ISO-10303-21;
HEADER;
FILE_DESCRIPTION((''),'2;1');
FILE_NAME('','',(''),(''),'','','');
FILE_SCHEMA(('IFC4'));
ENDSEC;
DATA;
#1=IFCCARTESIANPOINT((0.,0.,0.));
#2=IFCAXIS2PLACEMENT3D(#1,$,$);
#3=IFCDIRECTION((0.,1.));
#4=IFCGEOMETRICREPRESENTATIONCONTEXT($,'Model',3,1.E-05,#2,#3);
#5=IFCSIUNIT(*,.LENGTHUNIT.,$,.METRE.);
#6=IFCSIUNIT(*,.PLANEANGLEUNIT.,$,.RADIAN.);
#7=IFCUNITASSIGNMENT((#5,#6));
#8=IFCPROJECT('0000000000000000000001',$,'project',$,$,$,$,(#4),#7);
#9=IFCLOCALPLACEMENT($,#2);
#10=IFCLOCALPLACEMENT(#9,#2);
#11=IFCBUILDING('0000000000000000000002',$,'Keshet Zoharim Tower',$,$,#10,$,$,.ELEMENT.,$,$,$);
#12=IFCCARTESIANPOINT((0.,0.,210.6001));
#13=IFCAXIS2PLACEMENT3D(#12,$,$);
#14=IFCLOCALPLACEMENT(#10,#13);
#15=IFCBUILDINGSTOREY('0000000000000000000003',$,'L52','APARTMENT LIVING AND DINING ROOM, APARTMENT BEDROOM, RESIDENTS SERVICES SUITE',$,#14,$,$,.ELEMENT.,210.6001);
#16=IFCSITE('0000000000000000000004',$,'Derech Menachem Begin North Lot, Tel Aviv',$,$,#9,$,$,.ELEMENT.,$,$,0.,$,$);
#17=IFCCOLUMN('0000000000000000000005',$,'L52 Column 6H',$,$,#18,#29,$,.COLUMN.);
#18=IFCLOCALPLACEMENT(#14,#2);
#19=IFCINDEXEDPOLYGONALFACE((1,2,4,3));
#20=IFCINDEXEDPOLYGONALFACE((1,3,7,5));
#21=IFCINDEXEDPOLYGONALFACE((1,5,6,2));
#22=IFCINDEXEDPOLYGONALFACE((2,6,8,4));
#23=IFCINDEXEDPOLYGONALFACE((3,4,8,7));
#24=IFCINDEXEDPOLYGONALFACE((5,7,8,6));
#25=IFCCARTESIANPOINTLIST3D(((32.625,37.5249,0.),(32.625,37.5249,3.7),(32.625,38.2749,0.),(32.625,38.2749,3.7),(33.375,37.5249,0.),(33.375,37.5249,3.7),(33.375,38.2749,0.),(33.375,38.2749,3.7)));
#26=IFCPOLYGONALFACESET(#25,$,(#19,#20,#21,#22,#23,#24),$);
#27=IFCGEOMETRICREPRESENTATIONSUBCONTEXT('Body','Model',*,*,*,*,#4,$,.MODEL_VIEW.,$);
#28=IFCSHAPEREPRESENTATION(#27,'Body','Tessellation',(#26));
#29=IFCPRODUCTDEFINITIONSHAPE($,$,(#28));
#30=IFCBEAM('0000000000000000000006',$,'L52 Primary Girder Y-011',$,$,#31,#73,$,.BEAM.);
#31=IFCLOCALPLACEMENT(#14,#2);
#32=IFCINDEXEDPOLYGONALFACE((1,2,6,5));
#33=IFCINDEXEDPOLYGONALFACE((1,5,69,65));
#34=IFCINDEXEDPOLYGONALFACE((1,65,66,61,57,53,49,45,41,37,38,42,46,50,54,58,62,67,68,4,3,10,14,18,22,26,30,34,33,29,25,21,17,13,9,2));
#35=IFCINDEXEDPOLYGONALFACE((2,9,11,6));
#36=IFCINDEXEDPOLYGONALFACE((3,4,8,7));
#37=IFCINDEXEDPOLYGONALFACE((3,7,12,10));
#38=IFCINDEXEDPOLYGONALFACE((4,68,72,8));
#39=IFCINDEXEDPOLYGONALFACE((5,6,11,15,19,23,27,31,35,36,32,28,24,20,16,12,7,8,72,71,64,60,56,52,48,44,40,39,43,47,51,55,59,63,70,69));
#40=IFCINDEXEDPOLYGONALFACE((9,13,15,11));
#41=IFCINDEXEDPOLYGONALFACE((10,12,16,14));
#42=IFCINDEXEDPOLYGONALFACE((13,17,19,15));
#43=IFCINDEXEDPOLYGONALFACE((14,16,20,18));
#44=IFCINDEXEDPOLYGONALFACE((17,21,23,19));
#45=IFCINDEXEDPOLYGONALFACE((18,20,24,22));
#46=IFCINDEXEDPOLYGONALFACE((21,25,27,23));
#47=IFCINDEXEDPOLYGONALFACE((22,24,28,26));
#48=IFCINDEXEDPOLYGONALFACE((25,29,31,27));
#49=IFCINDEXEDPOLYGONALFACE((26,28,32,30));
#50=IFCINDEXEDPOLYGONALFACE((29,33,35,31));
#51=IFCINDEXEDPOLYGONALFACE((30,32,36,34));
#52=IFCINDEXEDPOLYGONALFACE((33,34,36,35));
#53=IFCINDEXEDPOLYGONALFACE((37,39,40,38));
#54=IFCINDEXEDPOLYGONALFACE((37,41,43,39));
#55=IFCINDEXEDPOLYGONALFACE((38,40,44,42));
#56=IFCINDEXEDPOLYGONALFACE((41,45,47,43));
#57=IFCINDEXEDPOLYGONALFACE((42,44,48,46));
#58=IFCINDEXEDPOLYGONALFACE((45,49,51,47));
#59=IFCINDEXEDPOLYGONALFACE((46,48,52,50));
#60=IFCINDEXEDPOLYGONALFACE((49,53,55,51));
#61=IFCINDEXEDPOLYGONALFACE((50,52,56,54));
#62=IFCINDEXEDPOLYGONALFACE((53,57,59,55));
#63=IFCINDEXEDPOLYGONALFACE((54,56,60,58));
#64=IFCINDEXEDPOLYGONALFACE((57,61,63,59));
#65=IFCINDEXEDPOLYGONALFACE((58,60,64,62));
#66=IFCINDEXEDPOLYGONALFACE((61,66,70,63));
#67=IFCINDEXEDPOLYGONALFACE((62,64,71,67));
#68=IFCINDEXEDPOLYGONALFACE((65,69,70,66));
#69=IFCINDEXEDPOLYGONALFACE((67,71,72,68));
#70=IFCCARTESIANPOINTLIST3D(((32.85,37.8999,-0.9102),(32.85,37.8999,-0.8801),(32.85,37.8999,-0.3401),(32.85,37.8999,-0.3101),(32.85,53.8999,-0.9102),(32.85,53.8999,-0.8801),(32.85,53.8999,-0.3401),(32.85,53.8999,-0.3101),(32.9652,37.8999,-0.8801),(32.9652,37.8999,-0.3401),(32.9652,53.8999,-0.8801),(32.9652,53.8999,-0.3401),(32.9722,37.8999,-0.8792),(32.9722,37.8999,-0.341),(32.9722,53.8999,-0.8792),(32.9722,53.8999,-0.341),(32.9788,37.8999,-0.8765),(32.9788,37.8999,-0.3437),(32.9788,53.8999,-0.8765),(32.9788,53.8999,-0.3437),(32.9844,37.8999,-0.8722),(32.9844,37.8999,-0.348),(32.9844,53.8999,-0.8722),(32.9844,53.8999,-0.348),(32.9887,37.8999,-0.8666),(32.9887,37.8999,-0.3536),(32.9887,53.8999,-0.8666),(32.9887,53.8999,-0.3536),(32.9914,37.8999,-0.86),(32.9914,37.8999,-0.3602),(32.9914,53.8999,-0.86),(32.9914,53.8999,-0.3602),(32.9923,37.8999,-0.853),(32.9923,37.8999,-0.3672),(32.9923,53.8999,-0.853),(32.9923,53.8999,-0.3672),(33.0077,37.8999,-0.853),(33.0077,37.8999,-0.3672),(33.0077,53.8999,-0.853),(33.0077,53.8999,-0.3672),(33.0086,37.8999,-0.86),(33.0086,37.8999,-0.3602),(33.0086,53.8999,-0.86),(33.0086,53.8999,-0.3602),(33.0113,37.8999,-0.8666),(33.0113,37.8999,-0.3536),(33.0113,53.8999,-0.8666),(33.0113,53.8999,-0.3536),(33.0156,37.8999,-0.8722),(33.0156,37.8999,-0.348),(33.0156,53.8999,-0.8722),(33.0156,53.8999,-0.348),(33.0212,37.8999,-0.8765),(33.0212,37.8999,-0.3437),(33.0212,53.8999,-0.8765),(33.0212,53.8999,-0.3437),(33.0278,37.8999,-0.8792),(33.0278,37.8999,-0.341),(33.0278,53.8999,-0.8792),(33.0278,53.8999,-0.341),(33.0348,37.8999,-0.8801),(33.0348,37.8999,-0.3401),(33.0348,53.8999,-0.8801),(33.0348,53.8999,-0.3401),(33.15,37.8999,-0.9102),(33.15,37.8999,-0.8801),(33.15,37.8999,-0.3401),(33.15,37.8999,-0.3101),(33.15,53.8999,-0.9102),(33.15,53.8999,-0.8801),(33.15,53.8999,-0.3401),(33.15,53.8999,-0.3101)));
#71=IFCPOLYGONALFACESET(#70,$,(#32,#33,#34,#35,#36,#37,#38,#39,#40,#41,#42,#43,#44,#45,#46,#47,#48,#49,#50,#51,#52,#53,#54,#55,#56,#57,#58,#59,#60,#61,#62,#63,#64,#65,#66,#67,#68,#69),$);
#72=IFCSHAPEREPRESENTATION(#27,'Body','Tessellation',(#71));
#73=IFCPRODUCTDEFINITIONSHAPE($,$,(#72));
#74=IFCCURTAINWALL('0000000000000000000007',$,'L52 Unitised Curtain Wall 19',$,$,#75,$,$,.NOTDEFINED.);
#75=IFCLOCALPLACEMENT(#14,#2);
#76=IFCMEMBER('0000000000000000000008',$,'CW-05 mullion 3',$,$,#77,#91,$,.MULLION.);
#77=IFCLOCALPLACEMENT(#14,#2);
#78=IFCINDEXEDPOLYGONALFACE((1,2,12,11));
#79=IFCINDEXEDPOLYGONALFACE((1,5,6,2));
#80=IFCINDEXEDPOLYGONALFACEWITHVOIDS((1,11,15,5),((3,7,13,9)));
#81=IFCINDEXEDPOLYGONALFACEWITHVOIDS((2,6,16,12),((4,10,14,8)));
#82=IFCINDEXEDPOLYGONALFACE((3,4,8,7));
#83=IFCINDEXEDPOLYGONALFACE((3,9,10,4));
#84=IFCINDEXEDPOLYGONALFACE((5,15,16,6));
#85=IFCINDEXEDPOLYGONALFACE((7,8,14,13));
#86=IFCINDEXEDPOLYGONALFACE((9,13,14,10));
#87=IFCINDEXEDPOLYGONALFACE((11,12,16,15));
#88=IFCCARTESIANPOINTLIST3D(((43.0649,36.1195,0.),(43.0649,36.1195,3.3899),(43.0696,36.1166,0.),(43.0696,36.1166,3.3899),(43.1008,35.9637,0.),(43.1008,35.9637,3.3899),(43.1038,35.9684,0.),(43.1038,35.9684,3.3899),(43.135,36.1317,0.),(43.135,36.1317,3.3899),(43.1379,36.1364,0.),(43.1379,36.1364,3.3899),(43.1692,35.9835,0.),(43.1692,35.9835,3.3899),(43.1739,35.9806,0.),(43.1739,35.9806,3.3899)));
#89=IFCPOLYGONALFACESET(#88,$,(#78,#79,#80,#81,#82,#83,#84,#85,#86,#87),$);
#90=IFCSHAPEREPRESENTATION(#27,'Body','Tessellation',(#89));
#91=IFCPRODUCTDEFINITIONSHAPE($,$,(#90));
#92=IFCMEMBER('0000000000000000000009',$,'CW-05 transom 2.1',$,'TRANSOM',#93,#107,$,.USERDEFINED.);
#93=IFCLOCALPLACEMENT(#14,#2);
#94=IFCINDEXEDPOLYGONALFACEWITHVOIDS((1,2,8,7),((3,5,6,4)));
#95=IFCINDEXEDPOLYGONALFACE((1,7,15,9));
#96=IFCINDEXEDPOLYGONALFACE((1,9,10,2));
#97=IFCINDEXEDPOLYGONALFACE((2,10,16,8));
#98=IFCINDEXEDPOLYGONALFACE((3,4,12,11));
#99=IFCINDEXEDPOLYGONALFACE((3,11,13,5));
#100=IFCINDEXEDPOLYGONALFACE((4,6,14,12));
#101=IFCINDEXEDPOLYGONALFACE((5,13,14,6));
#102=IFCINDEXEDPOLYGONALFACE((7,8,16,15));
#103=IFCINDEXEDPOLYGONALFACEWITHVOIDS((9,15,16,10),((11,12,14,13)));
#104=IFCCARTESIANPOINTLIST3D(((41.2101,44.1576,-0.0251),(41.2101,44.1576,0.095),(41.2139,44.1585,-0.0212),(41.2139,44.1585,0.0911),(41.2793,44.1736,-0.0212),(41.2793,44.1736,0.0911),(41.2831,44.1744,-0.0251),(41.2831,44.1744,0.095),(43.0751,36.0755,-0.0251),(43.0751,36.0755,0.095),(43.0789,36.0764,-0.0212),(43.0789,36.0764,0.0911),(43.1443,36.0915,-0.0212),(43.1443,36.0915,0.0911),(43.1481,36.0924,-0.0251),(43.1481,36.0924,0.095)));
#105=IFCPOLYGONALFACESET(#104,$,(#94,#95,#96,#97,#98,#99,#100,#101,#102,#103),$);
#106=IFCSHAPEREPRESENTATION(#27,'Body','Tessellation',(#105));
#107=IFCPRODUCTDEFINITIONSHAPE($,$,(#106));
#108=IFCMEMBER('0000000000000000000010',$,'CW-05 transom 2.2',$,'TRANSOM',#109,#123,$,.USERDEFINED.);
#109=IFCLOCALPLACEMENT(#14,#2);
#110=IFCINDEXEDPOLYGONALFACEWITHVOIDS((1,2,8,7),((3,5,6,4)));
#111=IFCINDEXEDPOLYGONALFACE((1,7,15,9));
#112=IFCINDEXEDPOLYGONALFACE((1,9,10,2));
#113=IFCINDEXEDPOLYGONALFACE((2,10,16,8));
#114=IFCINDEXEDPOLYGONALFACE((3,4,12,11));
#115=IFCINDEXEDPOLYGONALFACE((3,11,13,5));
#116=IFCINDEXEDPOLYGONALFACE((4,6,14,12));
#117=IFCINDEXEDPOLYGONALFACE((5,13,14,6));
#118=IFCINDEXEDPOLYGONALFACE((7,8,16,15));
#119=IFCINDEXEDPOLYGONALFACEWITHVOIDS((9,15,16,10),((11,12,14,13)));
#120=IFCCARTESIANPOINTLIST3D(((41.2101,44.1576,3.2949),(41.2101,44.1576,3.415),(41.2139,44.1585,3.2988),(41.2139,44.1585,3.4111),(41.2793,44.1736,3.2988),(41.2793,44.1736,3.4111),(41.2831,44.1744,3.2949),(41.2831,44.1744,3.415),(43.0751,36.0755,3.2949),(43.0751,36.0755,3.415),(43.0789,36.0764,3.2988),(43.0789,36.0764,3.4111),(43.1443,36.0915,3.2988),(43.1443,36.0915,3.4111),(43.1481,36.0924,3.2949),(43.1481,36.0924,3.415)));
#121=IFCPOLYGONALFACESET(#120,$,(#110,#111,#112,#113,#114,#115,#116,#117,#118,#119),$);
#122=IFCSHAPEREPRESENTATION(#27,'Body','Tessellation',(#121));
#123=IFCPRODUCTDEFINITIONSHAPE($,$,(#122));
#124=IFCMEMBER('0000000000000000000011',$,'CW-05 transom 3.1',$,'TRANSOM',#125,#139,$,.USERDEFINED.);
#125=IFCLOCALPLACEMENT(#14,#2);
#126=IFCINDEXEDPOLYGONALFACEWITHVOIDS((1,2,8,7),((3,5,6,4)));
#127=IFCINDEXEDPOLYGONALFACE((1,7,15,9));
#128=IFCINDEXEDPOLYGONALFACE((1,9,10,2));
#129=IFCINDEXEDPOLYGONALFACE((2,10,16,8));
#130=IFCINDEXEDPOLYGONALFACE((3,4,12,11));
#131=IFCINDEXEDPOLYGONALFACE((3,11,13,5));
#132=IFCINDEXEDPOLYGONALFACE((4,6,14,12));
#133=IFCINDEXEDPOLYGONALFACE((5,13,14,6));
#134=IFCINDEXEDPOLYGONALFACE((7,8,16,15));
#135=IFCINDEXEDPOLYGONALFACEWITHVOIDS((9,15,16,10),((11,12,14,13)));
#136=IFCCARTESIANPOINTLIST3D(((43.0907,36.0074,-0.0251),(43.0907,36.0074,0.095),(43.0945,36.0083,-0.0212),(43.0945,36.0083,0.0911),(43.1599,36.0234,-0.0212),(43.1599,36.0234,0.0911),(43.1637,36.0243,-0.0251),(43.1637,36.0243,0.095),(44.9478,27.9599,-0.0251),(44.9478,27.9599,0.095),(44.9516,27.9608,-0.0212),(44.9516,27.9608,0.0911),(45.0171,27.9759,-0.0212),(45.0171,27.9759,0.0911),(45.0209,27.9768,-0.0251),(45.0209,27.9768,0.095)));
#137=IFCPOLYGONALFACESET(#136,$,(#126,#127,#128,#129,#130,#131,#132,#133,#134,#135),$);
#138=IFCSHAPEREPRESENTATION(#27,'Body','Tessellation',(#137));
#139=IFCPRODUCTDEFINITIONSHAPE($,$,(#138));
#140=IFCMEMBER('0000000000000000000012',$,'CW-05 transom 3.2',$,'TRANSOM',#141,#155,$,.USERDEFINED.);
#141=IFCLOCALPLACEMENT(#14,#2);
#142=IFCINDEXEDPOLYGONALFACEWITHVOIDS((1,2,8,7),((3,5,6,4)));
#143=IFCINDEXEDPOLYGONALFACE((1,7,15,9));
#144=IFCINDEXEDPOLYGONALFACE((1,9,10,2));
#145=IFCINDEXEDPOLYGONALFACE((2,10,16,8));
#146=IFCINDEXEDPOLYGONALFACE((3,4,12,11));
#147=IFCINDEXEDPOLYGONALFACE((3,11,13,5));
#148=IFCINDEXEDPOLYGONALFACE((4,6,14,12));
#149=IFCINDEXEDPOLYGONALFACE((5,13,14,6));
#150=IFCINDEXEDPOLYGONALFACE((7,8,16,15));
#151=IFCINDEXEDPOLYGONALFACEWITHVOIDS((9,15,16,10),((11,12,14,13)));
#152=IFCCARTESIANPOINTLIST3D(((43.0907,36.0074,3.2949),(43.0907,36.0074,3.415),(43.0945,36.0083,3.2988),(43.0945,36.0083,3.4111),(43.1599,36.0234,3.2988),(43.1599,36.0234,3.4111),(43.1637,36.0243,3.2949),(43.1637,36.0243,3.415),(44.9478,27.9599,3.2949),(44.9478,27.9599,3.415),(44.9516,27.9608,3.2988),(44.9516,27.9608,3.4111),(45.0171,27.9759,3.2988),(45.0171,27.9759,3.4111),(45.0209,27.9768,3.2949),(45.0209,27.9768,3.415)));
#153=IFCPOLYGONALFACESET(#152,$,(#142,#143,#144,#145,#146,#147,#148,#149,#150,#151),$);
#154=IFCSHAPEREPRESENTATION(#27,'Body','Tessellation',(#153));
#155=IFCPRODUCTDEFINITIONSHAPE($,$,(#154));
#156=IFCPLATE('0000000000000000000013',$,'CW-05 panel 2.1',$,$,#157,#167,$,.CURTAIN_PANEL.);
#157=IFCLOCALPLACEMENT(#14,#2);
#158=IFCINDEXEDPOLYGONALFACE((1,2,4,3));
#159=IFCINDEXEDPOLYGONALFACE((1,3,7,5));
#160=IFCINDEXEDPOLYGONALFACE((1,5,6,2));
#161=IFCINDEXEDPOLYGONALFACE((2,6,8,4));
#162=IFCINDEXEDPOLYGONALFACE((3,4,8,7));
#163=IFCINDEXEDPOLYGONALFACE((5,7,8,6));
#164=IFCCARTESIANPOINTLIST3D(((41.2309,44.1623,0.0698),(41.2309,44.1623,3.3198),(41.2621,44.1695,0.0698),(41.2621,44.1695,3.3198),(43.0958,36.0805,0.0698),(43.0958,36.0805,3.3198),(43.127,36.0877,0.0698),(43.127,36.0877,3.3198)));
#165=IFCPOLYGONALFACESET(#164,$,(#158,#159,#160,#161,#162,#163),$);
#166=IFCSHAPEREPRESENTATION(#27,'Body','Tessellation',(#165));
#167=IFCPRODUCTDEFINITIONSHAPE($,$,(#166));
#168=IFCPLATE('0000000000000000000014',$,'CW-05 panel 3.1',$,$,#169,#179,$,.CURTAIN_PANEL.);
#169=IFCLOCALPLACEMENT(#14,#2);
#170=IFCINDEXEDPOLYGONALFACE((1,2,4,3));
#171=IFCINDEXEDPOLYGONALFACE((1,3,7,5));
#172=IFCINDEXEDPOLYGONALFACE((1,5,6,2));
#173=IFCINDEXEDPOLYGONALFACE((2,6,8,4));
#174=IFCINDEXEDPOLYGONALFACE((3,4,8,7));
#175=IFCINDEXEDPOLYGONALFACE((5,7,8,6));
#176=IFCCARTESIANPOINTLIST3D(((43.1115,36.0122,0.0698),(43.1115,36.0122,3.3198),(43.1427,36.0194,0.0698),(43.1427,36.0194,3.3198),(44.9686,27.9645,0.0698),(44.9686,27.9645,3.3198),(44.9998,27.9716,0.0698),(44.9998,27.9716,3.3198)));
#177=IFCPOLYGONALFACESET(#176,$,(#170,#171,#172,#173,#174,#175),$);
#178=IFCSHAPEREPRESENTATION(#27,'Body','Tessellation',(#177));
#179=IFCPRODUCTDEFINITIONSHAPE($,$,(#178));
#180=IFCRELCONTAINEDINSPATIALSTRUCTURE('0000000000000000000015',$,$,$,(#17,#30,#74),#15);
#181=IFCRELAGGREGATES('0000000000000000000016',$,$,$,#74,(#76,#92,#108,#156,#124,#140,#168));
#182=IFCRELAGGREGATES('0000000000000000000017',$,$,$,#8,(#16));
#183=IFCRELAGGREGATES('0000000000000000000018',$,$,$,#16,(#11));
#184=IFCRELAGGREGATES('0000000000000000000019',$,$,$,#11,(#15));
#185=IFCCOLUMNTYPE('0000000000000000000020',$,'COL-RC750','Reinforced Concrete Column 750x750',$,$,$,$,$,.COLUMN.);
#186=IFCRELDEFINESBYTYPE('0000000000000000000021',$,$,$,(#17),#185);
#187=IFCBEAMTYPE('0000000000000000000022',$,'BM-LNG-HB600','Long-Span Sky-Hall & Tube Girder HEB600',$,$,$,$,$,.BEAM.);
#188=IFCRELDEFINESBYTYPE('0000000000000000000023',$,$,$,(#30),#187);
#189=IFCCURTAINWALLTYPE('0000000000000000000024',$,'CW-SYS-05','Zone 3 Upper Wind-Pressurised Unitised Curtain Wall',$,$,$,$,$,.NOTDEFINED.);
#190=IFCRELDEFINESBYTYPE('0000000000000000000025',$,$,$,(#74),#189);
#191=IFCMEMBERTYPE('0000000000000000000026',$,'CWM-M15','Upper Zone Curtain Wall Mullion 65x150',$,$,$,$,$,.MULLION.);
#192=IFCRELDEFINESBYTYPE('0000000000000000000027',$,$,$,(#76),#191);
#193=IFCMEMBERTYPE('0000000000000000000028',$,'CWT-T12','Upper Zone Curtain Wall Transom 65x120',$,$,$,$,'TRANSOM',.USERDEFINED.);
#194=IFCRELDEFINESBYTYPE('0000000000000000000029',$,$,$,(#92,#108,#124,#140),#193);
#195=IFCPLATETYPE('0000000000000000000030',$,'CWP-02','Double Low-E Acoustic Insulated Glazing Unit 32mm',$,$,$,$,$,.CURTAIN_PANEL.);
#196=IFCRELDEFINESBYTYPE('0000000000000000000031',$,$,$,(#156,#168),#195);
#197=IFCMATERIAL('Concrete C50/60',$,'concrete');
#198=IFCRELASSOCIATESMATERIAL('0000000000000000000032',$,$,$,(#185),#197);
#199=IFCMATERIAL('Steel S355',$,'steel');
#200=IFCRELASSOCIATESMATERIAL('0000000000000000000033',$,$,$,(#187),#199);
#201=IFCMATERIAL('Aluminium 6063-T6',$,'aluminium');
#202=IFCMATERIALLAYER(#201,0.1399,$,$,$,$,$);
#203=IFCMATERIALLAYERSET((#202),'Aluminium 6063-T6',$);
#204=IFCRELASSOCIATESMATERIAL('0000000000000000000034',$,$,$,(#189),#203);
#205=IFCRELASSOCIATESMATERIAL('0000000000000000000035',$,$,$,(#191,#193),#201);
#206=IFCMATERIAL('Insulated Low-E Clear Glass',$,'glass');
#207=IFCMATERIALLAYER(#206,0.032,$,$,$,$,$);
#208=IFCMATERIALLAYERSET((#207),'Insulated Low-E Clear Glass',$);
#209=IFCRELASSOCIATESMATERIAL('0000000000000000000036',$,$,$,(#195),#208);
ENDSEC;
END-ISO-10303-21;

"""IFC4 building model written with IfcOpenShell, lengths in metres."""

from ifc_helpers import new_model, si_unit, direction, frame, origin, origin_2d, place, context, subcontext, project, spatial, rectangle, hollow_rectangle, i_section, extrude, material, layer, layer_set, material_profile, profile_set, type_object, element, aggregate, save


model = new_model("IFC4")

# Units and contexts
model_context = context("Model", 3, precision=1e-05, world=origin(), true_north=direction((0.0, 1.0)))
body_context = subcontext(model_context, "Body", "Model", "MODEL_VIEW")
ifc_project = project(units=[si_unit("LENGTHUNIT", "METRE"), si_unit("PLANEANGLEUNIT", "RADIAN")], contexts=[model_context])

# Site, building, storey
site_placement = place(None, origin())
site = spatial("IfcSite", under=ifc_project, at=site_placement, Name="Derech Menachem Begin North Lot, Tel Aviv", CompositionType="ELEMENT", RefElevation=0.0)
building_placement = place(site_placement, origin())
building = spatial("IfcBuilding", under=site, at=building_placement, Name="Keshet Zoharim Tower", CompositionType="ELEMENT")
storey_placement = place(building_placement, frame((0.0, 0.0, 210.6001)))
storey = spatial("IfcBuildingStorey", under=building, at=storey_placement, Name="L52", Description="APARTMENT LIVING AND DINING ROOM, APARTMENT BEDROOM, RESIDENTS SERVICES SUITE", CompositionType="ELEMENT", Elevation=210.6001)

# Column
ifc_material_1 = material(Name="Concrete C50/60", Category="concrete")
ifc_material_profile_1 = material_profile(ifc_material_1, rectangle(XDim=0.75, YDim=0.75, at=origin_2d()), Name="RC750x750")
ifc_profile_set_1 = profile_set([ifc_material_profile_1], Name="Concrete C50/60")
column_type = type_object("IfcColumnType", Name="COL-RC750", Description="Reinforced Concrete Column 750x750", PredefinedType="COLUMN", material=ifc_profile_set_1)
column_placement = place(storey_placement, frame((33.0, 37.8999, 0.0), z_axis=(0.0, 0.0, 1.0), x_axis=(1.0, 0.0, 0.0)))
element("IfcColumn", 1, at=column_placement, inside=storey, type_object=column_type, Name="L52 Column 6H", PredefinedType="COLUMN", context=body_context, shape_type="SweptSolid", body=[
    extrude(rectangle(XDim=0.75, YDim=0.75, at=origin_2d()), origin(), (0.0, 0.0, 1.0), 3.7),
])

# Beam
ifc_material_2 = material(Name="Steel S355", Category="steel")
ifc_material_profile_2 = material_profile(ifc_material_2, i_section(OverallWidth=0.3, OverallDepth=0.6001, WebThickness=0.0154, FlangeThickness=0.03, FilletRadius=0.0271, at=origin_2d()), Name="HEB600")
ifc_profile_set_2 = profile_set([ifc_material_profile_2], Name="Steel S355")
beam_type = type_object("IfcBeamType", Name="BM-LNG-HB600", Description="Long-Span Sky-Hall & Tube Girder HEB600", PredefinedType="BEAM", material=ifc_profile_set_2)
beam_placement = place(storey_placement, frame((33.0, 37.8999, -0.6101), z_axis=(0.0, 1.0, 0.0), x_axis=(-1.0, 0.0, 0.0)))
element("IfcBeam", 2, at=beam_placement, inside=storey, type_object=beam_type, Name="L52 Primary Girder Y-011", PredefinedType="BEAM", context=body_context, shape_type="SweptSolid", body=[
    extrude(i_section(OverallWidth=0.3, OverallDepth=0.6001, WebThickness=0.0154, FlangeThickness=0.03, FilletRadius=0.0271, at=origin_2d()), origin(), (0.0, 0.0, 1.0), 16.0),
])

# Curtain wall, members, plates
ifc_material_3 = material(Name="Aluminium 6063-T6", Category="aluminium")
ifc_layer_1 = layer(ifc_material_3, 0.1399)
ifc_layer_set_1 = layer_set([ifc_layer_1], Name="Aluminium 6063-T6")
curtain_wall_type = type_object("IfcCurtainWallType", Name="CW-SYS-05", Description="Zone 3 Upper Wind-Pressurised Unitised Curtain Wall", PredefinedType="NOTDEFINED", material=ifc_layer_set_1)
curtain_wall_placement = place(storey_placement, origin())
curtain_wall = element("IfcCurtainWall", 3, at=curtain_wall_placement, inside=storey, type_object=curtain_wall_type, Name="L52 Unitised Curtain Wall 19", PredefinedType="NOTDEFINED")
ifc_material_profile_3 = material_profile(ifc_material_3, hollow_rectangle(XDim=0.075, YDim=0.1599, WallThickness=0.0039, at=origin_2d()), Name="MUL-75x160")
ifc_profile_set_3 = profile_set([ifc_material_profile_3], Name="Aluminium 6063-T6")
member_type_1 = type_object("IfcMemberType", Name="CWM-M15", Description="Upper Zone Curtain Wall Mullion 65x150", PredefinedType="MULLION", material=ifc_profile_set_3)
member_1_placement = place(storey_placement, frame((43.1194, 36.05, 0.0), z_axis=(0.0, 0.0, 1.0), x_axis=(0.974394, 0.224848, 0.0)))
member_1 = element("IfcMember", 4, at=member_1_placement, type_object=member_type_1, Name="CW-05 mullion 3", PredefinedType="MULLION", context=body_context, shape_type="SweptSolid", body=[
    extrude(hollow_rectangle(XDim=0.075, YDim=0.1599, WallThickness=0.0039, at=origin_2d()), origin(), (0.0, 0.0, 1.0), 3.3899),
])
ifc_material_profile_4 = material_profile(ifc_material_3, hollow_rectangle(XDim=0.075, YDim=0.1201, WallThickness=0.0039, at=origin_2d()), Name="TRN-75x120")
ifc_profile_set_4 = profile_set([ifc_material_profile_4], Name="Aluminium 6063-T6")
member_type_2 = type_object("IfcMemberType", Name="CWT-T12", Description="Upper Zone Curtain Wall Transom 65x120", ElementType="TRANSOM", PredefinedType="USERDEFINED", material=ifc_profile_set_4)
member_2_placement = place(storey_placement, frame((41.2466, 44.166, 0.0349), z_axis=(0.224849, -0.974394, 0.0), x_axis=(0.974394, 0.224849, 0.0)))
member_2 = element("IfcMember", 5, at=member_2_placement, type_object=member_type_2, Name="CW-05 transom 2.1", ObjectType="TRANSOM", PredefinedType="USERDEFINED", context=body_context, shape_type="SweptSolid", body=[
    extrude(hollow_rectangle(XDim=0.075, YDim=0.1201, WallThickness=0.0039, at=origin_2d()), origin(), (0.0, 0.0, 1.0), 8.2944),
])
member_3_placement = place(storey_placement, frame((41.2466, 44.166, 3.355), z_axis=(0.224849, -0.974394, 0.0), x_axis=(0.974394, 0.224849, 0.0)))
member_3 = element("IfcMember", 6, at=member_3_placement, type_object=member_type_2, Name="CW-05 transom 2.2", ObjectType="TRANSOM", PredefinedType="USERDEFINED", context=body_context, shape_type="SweptSolid", body=[
    extrude(hollow_rectangle(XDim=0.075, YDim=0.1201, WallThickness=0.0039, at=origin_2d()), origin(), (0.0, 0.0, 1.0), 8.2944),
])
member_4_placement = place(storey_placement, frame((43.1272, 36.0159, 0.0349), z_axis=(0.224864, -0.97439, 0.0), x_axis=(0.97439, 0.224864, 0.0)))
member_4 = element("IfcMember", 7, at=member_4_placement, type_object=member_type_2, Name="CW-05 transom 3.1", ObjectType="TRANSOM", PredefinedType="USERDEFINED", context=body_context, shape_type="SweptSolid", body=[
    extrude(hollow_rectangle(XDim=0.075, YDim=0.1201, WallThickness=0.0039, at=origin_2d()), origin(), (0.0, 0.0, 1.0), 8.259),
])
member_5_placement = place(storey_placement, frame((43.1272, 36.0159, 3.355), z_axis=(0.224864, -0.97439, 0.0), x_axis=(0.97439, 0.224864, 0.0)))
member_5 = element("IfcMember", 8, at=member_5_placement, type_object=member_type_2, Name="CW-05 transom 3.2", ObjectType="TRANSOM", PredefinedType="USERDEFINED", context=body_context, shape_type="SweptSolid", body=[
    extrude(hollow_rectangle(XDim=0.075, YDim=0.1201, WallThickness=0.0039, at=origin_2d()), origin(), (0.0, 0.0, 1.0), 8.259),
])
ifc_material_4 = material(Name="Insulated Low-E Clear Glass", Category="glass")
ifc_layer_2 = layer(ifc_material_4, 0.032)
ifc_layer_set_2 = layer_set([ifc_layer_2], Name="Insulated Low-E Clear Glass")
plate_type = type_object("IfcPlateType", Name="CWP-02", Description="Double Low-E Acoustic Insulated Glazing Unit 32mm", PredefinedType="CURTAIN_PANEL", material=ifc_layer_set_2)
plate_1_placement = place(storey_placement, frame((42.179, 40.125, 0.0698), z_axis=(0.0, 0.0, 1.0), x_axis=(0.224848, -0.974394, 0.0)))
plate_1 = element("IfcPlate", 9, at=plate_1_placement, type_object=plate_type, Name="CW-05 panel 2.1", PredefinedType="CURTAIN_PANEL", context=body_context, shape_type="SweptSolid", body=[
    extrude(rectangle(XDim=8.2942, YDim=0.032, at=origin_2d()), origin(), (0.0, 0.0, 1.0), 3.25),
])
plate_2_placement = place(storey_placement, frame((44.0557, 31.9919, 0.0698), z_axis=(0.0, 0.0, 1.0), x_axis=(0.224848, -0.974394, 0.0)))
plate_2 = element("IfcPlate", 10, at=plate_2_placement, type_object=plate_type, Name="CW-05 panel 3.1", PredefinedType="CURTAIN_PANEL", context=body_context, shape_type="SweptSolid", body=[
    extrude(rectangle(XDim=8.2593, YDim=0.032, at=origin_2d()), origin(), (0.0, 0.0, 1.0), 3.25),
])
aggregate(curtain_wall, [member_1, member_2, member_3, plate_1, member_4, member_5, plate_2])

save(model, "model.ifc")
